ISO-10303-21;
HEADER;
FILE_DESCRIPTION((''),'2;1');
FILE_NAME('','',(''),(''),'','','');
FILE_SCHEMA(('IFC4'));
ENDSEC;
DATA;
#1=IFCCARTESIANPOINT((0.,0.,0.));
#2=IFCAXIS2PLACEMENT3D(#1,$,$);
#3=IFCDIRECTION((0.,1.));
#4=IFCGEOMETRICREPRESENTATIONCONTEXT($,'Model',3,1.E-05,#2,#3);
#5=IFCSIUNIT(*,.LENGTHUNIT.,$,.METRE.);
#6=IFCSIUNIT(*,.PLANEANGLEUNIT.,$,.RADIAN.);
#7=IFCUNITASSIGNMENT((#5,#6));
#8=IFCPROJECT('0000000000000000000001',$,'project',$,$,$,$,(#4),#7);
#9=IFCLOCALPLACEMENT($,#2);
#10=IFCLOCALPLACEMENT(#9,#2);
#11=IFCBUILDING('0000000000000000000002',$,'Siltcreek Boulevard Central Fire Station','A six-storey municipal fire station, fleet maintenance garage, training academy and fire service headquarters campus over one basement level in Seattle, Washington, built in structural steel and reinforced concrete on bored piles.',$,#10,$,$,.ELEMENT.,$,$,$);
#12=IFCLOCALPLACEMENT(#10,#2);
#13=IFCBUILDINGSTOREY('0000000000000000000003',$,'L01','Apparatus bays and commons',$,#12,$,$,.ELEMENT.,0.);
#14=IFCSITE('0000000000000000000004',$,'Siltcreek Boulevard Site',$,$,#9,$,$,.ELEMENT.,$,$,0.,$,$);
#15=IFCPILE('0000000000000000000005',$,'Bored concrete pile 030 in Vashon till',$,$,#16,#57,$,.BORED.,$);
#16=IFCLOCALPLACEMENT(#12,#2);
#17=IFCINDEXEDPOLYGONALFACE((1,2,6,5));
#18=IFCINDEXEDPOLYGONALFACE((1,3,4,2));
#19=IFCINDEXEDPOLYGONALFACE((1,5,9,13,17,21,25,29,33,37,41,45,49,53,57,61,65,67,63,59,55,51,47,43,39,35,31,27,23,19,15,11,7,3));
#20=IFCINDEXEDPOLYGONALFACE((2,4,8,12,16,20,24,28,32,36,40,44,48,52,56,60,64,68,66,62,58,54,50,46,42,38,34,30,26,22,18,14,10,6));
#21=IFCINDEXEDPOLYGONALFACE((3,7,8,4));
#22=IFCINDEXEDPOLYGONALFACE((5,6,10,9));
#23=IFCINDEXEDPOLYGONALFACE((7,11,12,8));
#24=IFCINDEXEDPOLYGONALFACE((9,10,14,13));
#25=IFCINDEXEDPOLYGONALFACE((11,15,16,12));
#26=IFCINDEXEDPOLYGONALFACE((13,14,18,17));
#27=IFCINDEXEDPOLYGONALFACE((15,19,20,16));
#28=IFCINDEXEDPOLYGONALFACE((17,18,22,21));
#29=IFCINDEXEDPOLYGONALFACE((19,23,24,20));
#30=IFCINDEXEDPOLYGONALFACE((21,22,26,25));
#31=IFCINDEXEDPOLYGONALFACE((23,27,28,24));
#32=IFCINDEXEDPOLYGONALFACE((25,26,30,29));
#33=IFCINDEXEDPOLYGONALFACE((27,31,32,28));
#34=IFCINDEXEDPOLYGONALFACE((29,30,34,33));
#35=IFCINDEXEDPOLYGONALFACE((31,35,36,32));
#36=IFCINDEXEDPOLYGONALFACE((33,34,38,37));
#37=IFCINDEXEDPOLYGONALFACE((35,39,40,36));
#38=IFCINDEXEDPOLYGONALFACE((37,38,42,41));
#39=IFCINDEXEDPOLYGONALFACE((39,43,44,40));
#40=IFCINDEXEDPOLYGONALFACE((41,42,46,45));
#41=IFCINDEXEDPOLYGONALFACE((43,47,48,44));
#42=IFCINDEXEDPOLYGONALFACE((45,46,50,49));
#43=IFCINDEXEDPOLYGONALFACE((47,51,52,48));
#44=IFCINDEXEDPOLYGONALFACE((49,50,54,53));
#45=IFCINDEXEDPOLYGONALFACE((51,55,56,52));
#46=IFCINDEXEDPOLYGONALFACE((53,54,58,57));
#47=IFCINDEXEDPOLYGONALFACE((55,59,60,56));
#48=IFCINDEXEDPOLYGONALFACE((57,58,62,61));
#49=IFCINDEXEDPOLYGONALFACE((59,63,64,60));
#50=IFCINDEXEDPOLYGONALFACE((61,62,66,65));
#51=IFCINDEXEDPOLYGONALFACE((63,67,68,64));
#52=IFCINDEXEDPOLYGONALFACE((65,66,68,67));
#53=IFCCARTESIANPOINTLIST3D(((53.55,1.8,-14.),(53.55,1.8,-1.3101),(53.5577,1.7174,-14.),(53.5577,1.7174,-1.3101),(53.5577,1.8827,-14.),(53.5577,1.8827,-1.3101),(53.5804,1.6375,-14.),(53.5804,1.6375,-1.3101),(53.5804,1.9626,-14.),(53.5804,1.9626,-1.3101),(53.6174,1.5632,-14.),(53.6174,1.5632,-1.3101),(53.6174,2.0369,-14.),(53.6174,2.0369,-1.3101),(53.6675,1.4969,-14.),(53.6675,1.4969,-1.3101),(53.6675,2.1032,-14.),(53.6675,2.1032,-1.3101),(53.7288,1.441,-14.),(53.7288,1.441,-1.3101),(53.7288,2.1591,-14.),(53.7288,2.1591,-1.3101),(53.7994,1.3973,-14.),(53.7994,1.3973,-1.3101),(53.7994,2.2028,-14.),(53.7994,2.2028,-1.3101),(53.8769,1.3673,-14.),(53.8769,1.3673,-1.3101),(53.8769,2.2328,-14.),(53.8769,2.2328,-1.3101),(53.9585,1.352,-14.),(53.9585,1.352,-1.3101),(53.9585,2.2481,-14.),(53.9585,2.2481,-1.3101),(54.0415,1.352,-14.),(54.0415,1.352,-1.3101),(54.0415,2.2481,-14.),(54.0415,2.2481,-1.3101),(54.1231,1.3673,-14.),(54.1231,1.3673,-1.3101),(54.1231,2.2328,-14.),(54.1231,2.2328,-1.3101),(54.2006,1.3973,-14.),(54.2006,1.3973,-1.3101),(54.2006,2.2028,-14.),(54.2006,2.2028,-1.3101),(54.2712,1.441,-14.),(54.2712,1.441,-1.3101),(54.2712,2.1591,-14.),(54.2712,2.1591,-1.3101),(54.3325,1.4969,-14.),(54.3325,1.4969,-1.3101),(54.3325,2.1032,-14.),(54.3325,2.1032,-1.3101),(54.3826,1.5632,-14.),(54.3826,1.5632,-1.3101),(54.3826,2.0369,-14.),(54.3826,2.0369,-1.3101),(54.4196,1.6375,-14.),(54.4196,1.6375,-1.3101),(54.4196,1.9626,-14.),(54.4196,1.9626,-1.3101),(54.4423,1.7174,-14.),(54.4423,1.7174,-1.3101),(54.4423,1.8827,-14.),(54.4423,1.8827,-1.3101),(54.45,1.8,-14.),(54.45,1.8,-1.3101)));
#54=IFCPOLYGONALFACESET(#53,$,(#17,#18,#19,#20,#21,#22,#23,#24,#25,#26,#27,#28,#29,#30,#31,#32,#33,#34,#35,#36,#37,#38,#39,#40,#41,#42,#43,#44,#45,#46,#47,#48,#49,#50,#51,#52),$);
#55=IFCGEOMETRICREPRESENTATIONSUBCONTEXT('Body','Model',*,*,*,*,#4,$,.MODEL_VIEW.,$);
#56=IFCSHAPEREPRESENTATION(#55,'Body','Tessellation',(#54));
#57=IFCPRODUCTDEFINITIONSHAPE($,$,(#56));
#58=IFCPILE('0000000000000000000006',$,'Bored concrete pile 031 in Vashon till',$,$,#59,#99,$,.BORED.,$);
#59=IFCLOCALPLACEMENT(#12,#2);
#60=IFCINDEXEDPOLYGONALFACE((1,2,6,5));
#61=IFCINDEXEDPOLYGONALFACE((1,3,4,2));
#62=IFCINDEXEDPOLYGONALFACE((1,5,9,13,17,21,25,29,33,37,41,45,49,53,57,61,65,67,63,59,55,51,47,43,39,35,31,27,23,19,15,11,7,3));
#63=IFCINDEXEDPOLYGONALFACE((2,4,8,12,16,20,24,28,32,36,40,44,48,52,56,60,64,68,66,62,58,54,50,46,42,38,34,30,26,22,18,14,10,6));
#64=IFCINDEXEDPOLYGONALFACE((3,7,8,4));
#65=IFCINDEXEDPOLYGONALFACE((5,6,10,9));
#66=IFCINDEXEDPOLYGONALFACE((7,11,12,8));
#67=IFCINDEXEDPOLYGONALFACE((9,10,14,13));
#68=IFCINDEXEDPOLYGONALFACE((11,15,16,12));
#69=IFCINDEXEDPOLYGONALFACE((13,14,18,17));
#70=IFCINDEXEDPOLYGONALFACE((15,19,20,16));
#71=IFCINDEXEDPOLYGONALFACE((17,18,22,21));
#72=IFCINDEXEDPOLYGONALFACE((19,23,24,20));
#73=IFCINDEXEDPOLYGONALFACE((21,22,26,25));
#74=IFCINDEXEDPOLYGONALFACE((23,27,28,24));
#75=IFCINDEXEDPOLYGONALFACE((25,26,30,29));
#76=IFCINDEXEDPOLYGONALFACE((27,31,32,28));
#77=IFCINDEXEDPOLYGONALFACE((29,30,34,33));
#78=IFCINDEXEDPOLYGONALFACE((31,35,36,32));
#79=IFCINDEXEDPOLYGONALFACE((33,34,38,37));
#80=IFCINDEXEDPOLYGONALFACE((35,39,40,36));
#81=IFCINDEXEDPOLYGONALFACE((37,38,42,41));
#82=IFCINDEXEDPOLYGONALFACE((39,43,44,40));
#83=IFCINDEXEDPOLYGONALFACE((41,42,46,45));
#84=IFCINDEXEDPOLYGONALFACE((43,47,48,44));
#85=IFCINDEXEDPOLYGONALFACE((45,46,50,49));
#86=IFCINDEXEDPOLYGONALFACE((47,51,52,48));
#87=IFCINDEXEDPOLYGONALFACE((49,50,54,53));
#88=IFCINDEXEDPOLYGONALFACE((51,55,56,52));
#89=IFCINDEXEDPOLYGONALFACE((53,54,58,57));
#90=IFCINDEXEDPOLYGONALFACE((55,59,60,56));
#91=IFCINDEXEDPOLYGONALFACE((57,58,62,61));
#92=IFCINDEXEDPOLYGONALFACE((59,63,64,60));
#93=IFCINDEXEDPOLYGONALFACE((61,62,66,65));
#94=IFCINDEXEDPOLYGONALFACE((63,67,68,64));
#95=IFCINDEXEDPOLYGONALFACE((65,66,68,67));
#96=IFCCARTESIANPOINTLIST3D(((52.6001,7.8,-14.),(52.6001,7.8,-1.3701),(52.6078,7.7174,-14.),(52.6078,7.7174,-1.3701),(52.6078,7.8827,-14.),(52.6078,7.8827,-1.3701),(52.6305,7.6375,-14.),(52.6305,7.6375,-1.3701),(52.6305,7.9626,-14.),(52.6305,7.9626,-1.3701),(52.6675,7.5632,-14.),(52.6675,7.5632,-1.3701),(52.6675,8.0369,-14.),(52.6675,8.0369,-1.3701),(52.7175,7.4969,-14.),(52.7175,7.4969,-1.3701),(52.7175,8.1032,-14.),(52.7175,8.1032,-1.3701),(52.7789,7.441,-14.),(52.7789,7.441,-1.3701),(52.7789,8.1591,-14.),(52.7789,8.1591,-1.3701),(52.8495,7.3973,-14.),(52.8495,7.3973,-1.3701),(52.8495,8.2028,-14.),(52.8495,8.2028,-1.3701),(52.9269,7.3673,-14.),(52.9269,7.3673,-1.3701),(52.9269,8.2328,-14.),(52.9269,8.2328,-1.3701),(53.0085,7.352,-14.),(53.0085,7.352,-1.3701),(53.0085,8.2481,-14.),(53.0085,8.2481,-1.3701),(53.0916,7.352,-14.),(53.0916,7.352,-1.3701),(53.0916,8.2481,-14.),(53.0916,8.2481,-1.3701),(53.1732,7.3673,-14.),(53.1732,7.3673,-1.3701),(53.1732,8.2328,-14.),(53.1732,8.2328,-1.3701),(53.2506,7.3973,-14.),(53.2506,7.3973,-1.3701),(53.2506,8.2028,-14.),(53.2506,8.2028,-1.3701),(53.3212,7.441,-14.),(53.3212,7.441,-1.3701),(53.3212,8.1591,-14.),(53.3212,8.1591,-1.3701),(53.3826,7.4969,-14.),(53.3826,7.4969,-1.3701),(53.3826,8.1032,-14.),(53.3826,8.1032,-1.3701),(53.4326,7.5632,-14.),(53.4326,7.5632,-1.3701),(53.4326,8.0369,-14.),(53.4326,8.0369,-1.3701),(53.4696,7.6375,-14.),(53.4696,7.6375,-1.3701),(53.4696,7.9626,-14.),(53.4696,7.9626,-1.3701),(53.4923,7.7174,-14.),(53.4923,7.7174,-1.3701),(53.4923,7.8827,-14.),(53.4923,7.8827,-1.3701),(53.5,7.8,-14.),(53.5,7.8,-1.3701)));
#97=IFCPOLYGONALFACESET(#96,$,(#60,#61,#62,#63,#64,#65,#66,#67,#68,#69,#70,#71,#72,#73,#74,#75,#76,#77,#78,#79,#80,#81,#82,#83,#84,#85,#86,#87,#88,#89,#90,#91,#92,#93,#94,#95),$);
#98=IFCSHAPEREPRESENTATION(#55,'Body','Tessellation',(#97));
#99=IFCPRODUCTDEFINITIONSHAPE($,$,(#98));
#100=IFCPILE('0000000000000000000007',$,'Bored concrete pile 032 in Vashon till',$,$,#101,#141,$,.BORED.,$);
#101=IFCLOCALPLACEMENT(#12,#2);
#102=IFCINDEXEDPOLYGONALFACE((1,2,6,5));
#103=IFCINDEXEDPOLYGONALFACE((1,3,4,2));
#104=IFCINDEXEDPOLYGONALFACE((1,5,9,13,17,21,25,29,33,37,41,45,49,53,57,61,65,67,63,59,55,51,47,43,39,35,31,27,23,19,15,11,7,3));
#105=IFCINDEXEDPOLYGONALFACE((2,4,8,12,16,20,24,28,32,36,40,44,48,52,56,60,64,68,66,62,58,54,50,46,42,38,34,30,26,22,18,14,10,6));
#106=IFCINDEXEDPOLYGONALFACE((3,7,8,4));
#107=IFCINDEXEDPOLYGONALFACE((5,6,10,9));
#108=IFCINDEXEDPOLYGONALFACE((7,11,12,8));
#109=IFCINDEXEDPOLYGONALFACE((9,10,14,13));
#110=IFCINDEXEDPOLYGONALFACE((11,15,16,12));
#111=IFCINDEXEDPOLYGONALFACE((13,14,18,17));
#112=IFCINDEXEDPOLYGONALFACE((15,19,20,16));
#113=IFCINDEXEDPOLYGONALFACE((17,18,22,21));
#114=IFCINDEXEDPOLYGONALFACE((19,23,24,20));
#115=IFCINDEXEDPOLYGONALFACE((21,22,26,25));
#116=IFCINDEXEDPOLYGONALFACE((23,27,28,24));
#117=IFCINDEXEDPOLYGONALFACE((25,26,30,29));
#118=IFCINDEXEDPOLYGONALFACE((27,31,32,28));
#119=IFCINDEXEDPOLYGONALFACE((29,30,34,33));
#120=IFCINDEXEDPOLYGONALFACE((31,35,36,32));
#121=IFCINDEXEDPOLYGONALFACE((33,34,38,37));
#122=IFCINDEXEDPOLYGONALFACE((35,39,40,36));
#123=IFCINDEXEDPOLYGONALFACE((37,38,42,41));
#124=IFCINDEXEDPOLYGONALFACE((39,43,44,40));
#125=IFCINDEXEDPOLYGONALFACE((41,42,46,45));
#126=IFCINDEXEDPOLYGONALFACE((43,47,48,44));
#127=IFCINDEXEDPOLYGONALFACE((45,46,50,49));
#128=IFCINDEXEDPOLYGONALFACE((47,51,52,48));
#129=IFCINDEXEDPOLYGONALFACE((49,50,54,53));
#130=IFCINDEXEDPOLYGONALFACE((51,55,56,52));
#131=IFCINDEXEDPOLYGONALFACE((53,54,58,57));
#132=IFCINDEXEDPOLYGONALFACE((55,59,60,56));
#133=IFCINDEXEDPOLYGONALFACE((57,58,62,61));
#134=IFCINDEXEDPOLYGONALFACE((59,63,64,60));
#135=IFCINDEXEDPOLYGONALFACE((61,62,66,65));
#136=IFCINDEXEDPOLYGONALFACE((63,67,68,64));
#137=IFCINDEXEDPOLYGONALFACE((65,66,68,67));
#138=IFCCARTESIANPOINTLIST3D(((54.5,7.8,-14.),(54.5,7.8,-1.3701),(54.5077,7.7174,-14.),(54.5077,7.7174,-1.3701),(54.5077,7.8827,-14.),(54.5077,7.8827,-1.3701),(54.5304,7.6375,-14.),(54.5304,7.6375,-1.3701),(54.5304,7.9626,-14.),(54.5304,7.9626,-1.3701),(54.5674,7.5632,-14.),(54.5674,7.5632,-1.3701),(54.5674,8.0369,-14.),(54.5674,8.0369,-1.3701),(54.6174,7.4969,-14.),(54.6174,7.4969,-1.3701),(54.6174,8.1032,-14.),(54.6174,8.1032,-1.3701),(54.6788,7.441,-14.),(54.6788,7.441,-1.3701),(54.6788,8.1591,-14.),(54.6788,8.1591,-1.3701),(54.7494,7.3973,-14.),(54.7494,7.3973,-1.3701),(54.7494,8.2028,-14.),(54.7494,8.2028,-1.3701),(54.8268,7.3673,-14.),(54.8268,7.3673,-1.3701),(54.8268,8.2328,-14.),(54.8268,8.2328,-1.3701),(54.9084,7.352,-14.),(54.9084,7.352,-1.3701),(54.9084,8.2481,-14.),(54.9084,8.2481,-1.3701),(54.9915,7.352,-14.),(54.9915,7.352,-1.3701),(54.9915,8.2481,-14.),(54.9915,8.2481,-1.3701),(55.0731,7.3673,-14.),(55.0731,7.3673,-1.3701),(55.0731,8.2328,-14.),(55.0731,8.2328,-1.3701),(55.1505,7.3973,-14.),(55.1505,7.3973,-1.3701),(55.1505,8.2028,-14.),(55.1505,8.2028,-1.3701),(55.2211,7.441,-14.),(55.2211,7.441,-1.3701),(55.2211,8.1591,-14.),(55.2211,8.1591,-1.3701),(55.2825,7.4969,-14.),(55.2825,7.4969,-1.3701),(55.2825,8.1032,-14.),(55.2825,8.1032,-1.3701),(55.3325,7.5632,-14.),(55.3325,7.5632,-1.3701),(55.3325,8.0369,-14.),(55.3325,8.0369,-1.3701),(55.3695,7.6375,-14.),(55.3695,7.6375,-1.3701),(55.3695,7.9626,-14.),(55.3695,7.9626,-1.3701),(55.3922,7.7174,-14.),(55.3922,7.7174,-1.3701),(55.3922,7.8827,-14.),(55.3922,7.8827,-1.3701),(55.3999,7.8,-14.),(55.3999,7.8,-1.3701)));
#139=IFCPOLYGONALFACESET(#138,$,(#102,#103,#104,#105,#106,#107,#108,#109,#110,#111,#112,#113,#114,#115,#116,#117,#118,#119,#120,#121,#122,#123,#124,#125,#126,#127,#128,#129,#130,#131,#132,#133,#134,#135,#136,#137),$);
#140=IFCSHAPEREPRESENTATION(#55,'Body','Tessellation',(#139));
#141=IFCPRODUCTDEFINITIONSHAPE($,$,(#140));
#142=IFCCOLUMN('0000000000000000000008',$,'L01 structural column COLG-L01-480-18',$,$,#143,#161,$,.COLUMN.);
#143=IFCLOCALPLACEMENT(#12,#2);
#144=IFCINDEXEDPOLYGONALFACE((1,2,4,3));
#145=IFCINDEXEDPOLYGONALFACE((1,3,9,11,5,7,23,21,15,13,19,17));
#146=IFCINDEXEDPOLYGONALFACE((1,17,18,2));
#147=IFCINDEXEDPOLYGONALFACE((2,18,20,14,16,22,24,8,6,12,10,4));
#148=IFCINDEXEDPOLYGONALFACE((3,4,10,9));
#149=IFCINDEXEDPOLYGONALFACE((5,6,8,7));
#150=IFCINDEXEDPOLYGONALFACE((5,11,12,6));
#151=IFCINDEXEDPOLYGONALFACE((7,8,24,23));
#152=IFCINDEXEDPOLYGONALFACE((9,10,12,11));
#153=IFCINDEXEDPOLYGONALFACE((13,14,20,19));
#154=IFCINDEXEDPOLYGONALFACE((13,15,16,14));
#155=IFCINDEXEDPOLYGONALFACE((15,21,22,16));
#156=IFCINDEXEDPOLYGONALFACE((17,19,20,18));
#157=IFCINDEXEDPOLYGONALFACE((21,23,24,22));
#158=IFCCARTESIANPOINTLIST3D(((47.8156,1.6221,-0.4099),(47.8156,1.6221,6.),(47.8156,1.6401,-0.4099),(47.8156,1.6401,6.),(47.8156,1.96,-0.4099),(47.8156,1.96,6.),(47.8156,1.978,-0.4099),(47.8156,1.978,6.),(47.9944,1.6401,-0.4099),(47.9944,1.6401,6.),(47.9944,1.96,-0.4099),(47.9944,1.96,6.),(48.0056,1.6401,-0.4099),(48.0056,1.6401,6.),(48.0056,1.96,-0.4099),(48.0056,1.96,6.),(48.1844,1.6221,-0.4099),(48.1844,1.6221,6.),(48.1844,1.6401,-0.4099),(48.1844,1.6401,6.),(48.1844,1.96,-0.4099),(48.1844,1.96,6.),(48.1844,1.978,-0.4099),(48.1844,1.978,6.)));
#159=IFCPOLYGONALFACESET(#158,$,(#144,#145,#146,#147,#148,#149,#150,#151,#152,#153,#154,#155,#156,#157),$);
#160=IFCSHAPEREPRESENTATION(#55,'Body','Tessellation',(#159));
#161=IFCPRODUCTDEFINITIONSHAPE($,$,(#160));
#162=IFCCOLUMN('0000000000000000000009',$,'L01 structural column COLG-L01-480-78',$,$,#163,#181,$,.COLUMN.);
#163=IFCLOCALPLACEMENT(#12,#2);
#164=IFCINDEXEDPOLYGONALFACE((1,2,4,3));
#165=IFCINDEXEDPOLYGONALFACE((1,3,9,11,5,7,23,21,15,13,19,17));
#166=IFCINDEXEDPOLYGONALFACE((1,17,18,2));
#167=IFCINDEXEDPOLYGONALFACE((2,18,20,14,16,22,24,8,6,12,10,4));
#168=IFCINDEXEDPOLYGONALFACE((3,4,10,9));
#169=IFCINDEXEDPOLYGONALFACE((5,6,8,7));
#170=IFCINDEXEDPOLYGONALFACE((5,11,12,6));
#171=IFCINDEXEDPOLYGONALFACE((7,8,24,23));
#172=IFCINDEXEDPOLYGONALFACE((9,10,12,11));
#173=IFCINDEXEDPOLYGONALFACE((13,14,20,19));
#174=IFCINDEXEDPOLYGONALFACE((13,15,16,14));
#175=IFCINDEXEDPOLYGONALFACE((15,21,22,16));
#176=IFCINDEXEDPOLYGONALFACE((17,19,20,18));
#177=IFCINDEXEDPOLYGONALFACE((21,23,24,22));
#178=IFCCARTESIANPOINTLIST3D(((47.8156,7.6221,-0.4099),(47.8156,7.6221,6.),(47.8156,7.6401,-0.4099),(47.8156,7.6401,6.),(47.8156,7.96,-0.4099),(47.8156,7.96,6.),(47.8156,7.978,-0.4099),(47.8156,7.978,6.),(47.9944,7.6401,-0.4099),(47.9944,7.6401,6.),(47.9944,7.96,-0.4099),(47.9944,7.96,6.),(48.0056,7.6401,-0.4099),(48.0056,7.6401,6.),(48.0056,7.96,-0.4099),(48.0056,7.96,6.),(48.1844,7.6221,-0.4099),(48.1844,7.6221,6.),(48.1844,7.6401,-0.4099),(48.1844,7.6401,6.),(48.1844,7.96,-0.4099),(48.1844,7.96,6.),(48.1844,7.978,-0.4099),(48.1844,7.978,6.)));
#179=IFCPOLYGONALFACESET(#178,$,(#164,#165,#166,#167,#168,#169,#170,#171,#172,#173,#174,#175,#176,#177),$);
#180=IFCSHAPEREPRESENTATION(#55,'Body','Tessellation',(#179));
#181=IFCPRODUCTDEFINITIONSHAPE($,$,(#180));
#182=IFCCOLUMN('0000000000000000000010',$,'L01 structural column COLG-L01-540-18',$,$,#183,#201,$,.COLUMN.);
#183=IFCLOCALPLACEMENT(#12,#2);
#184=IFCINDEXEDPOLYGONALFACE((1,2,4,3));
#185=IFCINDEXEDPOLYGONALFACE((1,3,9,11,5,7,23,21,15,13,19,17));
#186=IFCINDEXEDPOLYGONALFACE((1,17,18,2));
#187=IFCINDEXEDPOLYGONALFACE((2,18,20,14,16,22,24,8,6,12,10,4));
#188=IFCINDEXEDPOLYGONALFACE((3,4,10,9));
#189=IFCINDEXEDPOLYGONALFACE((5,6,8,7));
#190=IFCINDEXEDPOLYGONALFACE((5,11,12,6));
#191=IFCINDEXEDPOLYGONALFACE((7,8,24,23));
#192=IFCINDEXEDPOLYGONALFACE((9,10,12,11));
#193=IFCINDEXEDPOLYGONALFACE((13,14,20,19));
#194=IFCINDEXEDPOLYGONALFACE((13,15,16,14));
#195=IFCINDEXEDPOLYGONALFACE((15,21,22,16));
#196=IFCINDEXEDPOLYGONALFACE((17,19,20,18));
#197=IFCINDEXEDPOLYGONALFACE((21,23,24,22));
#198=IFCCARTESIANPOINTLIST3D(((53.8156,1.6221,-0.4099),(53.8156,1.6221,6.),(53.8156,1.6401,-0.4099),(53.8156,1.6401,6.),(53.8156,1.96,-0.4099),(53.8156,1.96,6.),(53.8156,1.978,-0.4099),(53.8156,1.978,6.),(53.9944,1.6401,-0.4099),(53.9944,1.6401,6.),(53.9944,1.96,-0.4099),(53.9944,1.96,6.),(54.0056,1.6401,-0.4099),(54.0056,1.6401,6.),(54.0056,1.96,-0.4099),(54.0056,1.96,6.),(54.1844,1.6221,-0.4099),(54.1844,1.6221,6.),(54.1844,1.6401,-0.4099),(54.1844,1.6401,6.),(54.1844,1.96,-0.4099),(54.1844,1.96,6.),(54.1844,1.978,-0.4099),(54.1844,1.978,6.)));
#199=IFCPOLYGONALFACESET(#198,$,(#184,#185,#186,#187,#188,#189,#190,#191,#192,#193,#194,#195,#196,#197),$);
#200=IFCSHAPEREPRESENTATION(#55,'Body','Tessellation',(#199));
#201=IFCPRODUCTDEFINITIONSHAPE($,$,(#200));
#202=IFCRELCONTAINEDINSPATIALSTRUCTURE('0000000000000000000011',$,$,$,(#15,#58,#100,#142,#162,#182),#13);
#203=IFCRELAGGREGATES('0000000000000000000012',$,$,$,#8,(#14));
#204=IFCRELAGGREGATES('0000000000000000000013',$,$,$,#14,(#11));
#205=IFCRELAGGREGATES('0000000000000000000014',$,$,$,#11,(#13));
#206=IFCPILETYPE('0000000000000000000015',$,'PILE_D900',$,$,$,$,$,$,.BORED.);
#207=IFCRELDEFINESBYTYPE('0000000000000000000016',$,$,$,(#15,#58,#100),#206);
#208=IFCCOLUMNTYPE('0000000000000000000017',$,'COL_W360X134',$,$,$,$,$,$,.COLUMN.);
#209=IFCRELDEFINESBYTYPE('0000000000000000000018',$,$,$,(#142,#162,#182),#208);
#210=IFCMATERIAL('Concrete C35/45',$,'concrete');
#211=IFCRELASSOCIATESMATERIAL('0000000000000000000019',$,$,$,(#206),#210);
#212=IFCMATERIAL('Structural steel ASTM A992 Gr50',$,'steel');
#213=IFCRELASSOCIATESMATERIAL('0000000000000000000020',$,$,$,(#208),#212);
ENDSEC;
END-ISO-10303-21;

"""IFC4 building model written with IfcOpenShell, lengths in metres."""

from ifc_helpers import new_model, si_unit, direction, frame, origin, origin_2d, place, context, subcontext, project, spatial, circle, i_section, extrude, material, material_profile, profile_set, type_object, element, save


model = new_model("IFC4")

# Units and contexts
model_context = context("Model", 3, precision=1e-05, world=origin(), true_north=direction((0.0, 1.0)))
body_context = subcontext(model_context, "Body", "Model", "MODEL_VIEW")
ifc_project = project(units=[si_unit("LENGTHUNIT", "METRE"), si_unit("PLANEANGLEUNIT", "RADIAN")], contexts=[model_context])

# Site, building, storey
site_placement = place(None, origin())
site = spatial("IfcSite", under=ifc_project, at=site_placement, Name="Siltcreek Boulevard Site", CompositionType="ELEMENT", RefElevation=0.0)
building_placement = place(site_placement, origin())
building = spatial("IfcBuilding", under=site, at=building_placement, Name="Siltcreek Boulevard Central Fire Station", Description="A six-storey municipal fire station, fleet maintenance garage, training academy and fire service headquarters campus over one basement level in Seattle, Washington, built in structural steel and reinforced concrete on bored piles.", CompositionType="ELEMENT")
storey_placement = place(building_placement, origin())
storey = spatial("IfcBuildingStorey", under=building, at=storey_placement, Name="L01", Description="Apparatus bays and commons", CompositionType="ELEMENT", Elevation=0.0)

# Shared definitions
ifc_material_1 = material(Name="Concrete C35/45", Category="concrete")

# Piles
ifc_material_profile_1 = material_profile(ifc_material_1, circle(Radius=0.45, at=origin_2d()), Name="SHAFT900")
ifc_profile_set_1 = profile_set([ifc_material_profile_1], Name="Concrete C35/45")
pile_type = type_object("IfcPileType", Name="PILE_D900", PredefinedType="BORED", material=ifc_profile_set_1)
pile_1_placement = place(storey_placement, frame((54.0, 1.8, -1.3101), z_axis=(0.0, 0.0, -1.0), x_axis=(1.0, 0.0, 0.0)))
element("IfcPile", 1, at=pile_1_placement, inside=storey, type_object=pile_type, Name="Bored concrete pile 030 in Vashon till", PredefinedType="BORED", context=body_context, shape_type="SweptSolid", body=[
    extrude(circle(Radius=0.45, at=origin_2d()), origin(), (0.0, 0.0, 1.0), 12.6899),
])
for number, where, z_axis, x_axis, name in (
    (2, (53.05, 7.8, -1.3701), (0.0, 0.0, -1.0), (1.0, 0.0, 0.0), "Bored concrete pile 031 in Vashon till"),
    (3, (54.95, 7.8, -1.3701), (0.0, 0.0, -1.0), (1.0, 0.0, 0.0), "Bored concrete pile 032 in Vashon till"),
):
    element("IfcPile", number, at=place(storey_placement, frame(where, z_axis=z_axis, x_axis=x_axis)), inside=storey, type_object=pile_type, Name=name, PredefinedType="BORED", context=body_context, shape_type="SweptSolid", body=[
        extrude(circle(Radius=0.45, at=origin_2d()), origin(), (0.0, 0.0, 1.0), 12.6299),
    ])

# Columns
ifc_material_2 = material(Name="Structural steel ASTM A992 Gr50", Category="steel")
ifc_material_profile_2 = material_profile(ifc_material_2, i_section(OverallWidth=0.3689, OverallDepth=0.356, WebThickness=0.0112, FlangeThickness=0.0181, at=origin_2d()), Name="W360X134")
ifc_profile_set_2 = profile_set([ifc_material_profile_2], Name="Structural steel ASTM A992 Gr50")
column_type = type_object("IfcColumnType", Name="COL_W360X134", PredefinedType="COLUMN", material=ifc_profile_set_2)
for number, where, z_axis, x_axis, name in (
    (4, (48.0, 1.8, -0.4099), (0.0, 0.0, 1.0), (1.0, 0.0, 0.0), "L01 structural column COLG-L01-480-18"),
    (5, (48.0, 7.8, -0.4099), (0.0, 0.0, 1.0), (1.0, 0.0, 0.0), "L01 structural column COLG-L01-480-78"),
    (6, (54.0, 1.8, -0.4099), (0.0, 0.0, 1.0), (1.0, 0.0, 0.0), "L01 structural column COLG-L01-540-18"),
):
    element("IfcColumn", number, at=place(storey_placement, frame(where, z_axis=z_axis, x_axis=x_axis)), inside=storey, type_object=column_type, Name=name, PredefinedType="COLUMN", context=body_context, shape_type="SweptSolid", body=[
        extrude(i_section(OverallWidth=0.3689, OverallDepth=0.356, WebThickness=0.0112, FlangeThickness=0.0181, at=origin_2d()), origin(), (0.0, 0.0, 1.0), 6.4099),
    ])

save(model, "model.ifc")
